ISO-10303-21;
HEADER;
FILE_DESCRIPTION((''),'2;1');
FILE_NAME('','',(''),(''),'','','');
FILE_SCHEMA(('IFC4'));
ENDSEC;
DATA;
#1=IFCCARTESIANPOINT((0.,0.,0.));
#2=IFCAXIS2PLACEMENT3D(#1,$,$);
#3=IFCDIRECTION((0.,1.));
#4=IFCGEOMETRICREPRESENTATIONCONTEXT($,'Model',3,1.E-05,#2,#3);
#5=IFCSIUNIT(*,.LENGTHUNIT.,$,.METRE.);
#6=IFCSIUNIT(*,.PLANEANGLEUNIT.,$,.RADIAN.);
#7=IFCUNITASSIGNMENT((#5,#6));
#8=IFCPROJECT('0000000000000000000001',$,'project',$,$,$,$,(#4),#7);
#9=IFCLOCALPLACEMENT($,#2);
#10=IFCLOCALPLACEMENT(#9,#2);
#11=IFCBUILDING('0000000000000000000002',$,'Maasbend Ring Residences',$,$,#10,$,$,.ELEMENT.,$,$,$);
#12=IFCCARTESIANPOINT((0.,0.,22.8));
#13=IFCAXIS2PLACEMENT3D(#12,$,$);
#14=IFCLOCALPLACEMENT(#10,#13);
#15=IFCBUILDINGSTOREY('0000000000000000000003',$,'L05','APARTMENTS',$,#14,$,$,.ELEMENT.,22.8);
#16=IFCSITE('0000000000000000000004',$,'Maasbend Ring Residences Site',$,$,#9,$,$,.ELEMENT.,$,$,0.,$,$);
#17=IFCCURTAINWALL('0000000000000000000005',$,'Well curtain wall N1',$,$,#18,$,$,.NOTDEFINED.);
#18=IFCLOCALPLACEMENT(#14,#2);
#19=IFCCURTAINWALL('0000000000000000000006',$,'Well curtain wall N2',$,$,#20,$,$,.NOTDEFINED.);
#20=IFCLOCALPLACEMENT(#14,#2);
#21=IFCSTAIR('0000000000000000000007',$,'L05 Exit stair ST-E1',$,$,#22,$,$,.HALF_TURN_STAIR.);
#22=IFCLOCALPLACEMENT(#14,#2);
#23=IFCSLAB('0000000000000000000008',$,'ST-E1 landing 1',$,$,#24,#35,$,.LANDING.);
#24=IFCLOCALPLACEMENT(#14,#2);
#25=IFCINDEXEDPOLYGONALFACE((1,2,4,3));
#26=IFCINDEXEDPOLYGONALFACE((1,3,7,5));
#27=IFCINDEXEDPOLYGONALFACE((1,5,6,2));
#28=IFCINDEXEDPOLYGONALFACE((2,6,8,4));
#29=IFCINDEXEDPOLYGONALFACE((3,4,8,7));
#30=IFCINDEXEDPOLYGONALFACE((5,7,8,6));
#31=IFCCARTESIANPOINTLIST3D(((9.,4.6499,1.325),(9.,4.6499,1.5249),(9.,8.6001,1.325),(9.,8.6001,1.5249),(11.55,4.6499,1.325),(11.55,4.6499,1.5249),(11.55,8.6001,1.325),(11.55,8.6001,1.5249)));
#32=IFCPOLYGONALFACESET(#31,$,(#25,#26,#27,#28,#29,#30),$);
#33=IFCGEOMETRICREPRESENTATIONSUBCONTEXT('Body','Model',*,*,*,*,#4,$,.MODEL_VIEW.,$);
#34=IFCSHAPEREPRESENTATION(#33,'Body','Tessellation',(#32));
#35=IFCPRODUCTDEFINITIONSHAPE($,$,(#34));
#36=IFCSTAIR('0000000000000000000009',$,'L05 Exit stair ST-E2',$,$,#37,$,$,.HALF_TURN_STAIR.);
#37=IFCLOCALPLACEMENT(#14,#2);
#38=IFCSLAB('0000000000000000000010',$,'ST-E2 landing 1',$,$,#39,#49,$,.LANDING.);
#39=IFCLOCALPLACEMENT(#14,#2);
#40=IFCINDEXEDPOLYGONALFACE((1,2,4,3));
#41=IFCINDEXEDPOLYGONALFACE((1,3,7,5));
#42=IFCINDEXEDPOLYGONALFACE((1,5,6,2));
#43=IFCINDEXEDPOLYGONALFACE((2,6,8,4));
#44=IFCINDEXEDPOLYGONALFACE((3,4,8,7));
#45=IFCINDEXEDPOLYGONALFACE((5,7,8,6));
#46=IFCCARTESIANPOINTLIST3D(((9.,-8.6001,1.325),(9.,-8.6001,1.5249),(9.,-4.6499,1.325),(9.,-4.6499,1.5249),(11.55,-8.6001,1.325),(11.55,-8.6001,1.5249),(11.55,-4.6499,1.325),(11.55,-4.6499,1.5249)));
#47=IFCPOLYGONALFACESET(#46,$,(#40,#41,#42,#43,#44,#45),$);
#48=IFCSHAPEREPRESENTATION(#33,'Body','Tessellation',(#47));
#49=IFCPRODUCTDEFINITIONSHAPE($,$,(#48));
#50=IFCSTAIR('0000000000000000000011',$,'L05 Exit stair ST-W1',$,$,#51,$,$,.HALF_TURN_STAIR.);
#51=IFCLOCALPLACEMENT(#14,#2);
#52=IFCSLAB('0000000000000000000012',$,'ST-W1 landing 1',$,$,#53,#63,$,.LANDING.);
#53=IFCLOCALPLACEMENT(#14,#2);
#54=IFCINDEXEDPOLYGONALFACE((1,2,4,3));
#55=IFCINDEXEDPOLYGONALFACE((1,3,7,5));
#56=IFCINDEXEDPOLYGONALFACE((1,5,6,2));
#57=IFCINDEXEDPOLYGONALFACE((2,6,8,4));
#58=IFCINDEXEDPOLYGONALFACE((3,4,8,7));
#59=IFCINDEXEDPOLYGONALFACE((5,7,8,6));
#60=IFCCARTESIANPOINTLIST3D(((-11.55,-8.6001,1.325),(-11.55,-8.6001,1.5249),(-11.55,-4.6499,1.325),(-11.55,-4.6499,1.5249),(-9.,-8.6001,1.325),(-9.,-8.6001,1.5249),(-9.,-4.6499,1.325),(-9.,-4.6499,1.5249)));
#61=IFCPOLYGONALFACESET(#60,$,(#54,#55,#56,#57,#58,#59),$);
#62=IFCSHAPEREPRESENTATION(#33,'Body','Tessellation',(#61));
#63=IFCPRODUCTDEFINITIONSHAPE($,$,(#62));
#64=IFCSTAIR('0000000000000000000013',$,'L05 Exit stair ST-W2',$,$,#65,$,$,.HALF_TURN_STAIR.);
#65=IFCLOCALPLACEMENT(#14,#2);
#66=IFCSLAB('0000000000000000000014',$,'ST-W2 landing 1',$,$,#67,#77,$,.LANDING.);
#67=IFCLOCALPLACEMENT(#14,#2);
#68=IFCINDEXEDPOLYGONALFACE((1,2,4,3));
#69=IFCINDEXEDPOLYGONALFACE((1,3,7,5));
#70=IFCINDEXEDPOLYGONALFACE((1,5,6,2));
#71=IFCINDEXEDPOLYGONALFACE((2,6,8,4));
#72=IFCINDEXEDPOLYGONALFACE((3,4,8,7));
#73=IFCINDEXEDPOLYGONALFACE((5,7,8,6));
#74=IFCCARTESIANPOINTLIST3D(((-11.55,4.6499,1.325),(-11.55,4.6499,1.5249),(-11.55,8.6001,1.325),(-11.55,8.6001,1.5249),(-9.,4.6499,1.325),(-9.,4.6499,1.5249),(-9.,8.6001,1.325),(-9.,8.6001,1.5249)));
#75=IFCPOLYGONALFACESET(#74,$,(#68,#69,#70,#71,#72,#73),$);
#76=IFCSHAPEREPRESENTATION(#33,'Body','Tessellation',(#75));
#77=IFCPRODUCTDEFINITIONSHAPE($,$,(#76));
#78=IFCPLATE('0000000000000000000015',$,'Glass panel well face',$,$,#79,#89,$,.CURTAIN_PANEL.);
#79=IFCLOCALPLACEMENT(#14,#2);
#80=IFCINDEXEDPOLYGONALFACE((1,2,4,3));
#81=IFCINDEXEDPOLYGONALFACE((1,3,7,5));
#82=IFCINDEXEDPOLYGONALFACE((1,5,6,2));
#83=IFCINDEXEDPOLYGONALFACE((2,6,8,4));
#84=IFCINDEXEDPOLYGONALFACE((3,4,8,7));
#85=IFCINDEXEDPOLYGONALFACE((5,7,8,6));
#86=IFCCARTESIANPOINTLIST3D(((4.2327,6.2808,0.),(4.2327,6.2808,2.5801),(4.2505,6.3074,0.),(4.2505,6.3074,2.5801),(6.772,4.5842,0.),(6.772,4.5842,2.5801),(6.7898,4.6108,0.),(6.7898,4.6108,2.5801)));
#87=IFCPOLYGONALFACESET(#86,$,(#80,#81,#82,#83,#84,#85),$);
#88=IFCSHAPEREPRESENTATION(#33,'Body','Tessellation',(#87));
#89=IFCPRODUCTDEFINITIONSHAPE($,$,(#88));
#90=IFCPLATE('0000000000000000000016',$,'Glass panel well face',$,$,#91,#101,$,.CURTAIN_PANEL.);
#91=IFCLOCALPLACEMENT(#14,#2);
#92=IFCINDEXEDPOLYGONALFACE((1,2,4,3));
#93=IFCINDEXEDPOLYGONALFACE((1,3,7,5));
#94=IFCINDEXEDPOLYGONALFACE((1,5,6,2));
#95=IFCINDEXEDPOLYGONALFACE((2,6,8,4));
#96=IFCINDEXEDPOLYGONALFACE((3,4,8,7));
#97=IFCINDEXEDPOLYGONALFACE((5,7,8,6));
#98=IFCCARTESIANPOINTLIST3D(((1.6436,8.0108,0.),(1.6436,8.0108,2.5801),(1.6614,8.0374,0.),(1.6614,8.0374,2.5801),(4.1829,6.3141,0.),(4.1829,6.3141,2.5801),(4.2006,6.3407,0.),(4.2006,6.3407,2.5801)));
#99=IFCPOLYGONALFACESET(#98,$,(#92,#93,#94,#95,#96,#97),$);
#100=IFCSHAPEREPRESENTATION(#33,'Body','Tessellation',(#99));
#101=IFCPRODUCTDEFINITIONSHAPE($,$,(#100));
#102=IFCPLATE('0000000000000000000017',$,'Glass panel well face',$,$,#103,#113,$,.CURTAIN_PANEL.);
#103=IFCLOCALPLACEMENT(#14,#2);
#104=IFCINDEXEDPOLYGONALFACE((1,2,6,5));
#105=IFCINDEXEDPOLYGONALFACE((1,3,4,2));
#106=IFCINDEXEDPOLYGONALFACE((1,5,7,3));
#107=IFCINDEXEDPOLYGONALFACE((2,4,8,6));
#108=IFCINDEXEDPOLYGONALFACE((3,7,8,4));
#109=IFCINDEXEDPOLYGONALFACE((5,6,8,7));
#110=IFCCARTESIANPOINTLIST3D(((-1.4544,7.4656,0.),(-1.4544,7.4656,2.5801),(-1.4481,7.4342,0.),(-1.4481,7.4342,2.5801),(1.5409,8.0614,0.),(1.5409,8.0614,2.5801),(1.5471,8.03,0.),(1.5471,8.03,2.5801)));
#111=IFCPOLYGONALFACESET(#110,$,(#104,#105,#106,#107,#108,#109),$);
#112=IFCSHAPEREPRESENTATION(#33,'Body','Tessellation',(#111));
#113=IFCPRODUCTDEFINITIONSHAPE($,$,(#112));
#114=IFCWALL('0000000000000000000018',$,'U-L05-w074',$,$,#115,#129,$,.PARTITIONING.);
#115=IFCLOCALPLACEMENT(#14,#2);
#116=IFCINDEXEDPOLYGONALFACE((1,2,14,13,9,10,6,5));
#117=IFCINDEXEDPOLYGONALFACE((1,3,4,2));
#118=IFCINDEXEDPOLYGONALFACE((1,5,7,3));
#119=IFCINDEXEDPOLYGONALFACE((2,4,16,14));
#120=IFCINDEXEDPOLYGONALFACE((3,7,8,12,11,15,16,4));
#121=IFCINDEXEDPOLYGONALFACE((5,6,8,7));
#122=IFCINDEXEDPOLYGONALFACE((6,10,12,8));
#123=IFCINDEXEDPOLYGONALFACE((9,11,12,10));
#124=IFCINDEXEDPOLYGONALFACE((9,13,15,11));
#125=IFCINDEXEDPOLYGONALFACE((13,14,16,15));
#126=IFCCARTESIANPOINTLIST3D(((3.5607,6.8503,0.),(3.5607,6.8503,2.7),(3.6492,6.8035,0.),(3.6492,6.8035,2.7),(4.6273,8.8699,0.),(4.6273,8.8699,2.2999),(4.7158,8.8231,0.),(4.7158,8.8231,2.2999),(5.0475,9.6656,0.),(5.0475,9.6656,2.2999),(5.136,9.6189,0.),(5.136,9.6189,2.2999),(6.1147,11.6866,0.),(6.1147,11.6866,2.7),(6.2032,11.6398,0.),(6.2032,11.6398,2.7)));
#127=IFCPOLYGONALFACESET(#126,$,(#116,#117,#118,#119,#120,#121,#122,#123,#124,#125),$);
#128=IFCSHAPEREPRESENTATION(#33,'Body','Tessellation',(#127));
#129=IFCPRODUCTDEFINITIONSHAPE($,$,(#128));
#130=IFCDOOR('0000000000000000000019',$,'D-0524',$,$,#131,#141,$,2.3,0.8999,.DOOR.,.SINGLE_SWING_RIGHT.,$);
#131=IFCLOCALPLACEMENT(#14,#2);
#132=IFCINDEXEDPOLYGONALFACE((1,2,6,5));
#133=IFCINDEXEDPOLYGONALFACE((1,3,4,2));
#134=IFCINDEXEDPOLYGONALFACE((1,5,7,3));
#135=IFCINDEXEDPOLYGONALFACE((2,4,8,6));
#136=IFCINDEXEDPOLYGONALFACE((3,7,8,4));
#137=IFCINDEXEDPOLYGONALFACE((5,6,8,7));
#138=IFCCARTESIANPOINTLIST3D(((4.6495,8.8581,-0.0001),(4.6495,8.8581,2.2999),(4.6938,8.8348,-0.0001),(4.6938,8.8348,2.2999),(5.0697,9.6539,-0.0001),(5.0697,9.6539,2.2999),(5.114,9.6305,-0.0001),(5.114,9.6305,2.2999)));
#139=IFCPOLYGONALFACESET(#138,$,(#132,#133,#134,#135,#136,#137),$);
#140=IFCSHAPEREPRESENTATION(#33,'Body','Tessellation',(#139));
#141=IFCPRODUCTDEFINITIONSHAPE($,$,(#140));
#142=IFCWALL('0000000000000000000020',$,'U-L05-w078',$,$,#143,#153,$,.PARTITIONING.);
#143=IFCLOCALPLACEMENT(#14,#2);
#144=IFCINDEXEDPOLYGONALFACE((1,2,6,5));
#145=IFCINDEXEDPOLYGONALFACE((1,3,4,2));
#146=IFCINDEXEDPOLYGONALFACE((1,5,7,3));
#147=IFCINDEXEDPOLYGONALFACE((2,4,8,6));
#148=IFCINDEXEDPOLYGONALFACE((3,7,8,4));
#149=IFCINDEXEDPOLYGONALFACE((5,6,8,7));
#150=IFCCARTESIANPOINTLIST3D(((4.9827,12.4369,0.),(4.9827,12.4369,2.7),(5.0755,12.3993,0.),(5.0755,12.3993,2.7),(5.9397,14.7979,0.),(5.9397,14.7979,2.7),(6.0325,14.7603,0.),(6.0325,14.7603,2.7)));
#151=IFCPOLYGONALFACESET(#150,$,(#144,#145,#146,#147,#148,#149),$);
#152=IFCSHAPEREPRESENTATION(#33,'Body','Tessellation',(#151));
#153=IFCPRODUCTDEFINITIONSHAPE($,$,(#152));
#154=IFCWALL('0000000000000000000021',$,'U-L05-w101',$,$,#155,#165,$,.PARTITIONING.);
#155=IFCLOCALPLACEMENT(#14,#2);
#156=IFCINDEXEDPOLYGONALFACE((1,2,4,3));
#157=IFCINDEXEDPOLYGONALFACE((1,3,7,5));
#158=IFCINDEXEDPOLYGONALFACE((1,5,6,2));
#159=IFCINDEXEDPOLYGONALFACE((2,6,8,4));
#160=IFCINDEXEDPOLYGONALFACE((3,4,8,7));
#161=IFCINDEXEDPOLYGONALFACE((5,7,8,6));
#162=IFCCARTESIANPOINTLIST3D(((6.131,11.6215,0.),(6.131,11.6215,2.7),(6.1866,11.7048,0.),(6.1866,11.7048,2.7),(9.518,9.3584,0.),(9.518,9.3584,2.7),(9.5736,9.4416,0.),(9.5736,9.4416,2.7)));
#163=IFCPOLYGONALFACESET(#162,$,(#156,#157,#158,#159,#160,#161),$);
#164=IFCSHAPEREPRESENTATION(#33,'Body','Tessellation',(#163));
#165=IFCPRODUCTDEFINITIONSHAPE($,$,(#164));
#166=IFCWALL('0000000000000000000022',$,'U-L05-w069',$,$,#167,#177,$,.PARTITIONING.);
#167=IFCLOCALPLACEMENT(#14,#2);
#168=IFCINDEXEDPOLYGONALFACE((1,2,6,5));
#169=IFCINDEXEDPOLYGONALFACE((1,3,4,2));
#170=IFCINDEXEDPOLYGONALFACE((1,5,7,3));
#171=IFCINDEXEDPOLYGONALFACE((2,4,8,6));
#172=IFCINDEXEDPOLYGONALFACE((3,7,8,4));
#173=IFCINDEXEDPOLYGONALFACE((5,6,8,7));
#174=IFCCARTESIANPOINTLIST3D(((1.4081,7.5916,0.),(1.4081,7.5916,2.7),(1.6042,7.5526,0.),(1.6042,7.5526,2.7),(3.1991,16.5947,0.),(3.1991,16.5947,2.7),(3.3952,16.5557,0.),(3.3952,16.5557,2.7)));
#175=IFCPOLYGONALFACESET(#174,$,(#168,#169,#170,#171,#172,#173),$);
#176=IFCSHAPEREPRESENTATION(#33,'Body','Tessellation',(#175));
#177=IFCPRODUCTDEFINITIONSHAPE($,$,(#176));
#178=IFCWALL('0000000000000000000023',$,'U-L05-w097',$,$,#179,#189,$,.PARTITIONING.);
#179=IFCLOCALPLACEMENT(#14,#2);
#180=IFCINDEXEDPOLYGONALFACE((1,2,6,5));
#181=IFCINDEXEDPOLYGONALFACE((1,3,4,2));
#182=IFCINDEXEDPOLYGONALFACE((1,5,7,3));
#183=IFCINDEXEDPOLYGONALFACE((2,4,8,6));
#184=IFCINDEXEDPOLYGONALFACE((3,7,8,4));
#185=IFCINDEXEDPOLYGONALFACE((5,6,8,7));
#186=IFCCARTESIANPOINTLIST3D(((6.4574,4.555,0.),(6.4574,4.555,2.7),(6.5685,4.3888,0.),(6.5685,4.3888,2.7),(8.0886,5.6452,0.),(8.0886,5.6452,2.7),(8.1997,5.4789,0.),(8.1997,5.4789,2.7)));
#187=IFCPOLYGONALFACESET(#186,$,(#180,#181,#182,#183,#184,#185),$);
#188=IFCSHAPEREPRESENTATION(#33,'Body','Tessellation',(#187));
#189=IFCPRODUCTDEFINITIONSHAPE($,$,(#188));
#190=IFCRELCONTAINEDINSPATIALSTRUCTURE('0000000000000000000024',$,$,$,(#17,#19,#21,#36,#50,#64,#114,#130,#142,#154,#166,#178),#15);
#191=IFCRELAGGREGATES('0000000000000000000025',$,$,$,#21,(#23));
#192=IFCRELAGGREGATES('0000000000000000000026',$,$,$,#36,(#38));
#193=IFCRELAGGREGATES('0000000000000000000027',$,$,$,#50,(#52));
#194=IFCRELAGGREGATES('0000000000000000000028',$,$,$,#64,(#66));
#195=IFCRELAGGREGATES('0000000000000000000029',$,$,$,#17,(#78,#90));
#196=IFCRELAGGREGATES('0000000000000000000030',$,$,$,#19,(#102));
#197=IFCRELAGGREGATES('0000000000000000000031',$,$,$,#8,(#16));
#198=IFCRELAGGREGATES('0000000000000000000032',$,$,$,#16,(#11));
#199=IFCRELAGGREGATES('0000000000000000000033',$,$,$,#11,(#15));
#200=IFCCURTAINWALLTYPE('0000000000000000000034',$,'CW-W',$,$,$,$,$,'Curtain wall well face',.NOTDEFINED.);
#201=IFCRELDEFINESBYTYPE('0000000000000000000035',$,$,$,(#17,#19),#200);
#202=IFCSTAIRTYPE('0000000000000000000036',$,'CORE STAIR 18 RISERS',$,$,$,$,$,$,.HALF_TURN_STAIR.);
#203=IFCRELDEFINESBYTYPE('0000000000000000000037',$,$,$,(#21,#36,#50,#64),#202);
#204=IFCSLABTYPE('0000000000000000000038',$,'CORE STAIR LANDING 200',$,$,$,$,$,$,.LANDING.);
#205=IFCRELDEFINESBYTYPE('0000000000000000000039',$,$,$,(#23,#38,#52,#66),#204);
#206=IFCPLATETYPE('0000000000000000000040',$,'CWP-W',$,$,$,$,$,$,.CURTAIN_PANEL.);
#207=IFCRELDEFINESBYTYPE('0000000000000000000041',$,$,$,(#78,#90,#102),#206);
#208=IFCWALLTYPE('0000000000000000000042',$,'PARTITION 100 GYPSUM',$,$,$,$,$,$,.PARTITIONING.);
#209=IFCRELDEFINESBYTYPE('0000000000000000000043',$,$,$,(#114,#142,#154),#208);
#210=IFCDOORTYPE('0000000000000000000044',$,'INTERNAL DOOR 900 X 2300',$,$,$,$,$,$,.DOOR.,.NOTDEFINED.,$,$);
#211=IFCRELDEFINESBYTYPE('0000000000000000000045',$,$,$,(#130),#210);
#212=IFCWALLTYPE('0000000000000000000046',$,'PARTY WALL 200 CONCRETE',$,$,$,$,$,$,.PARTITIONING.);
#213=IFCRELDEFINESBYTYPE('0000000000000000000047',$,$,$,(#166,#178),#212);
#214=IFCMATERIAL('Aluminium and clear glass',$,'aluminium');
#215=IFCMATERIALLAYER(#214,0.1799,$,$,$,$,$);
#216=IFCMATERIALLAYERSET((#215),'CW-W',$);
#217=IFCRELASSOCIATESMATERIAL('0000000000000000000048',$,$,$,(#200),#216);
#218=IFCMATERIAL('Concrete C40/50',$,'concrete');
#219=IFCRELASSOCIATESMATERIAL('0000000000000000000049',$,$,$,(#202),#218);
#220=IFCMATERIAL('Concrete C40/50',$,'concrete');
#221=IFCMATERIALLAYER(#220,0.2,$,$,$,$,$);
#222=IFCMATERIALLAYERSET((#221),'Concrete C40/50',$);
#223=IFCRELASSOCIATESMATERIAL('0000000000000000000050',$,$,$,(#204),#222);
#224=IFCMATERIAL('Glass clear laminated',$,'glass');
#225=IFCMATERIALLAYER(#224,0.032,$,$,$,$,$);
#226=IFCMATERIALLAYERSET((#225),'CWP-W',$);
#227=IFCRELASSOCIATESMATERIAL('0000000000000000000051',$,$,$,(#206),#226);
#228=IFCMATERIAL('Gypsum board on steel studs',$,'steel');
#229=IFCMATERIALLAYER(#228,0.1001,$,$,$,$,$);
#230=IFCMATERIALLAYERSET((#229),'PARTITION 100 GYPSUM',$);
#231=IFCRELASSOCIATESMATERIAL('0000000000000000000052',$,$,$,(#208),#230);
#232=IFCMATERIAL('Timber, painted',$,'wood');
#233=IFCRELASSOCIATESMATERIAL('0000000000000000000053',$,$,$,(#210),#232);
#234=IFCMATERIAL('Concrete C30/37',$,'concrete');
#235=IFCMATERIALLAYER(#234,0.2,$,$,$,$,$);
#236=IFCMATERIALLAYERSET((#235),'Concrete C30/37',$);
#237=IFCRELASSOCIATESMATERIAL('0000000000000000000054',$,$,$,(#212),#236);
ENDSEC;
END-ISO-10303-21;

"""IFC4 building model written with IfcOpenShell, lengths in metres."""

from ifc_helpers import new_model, si_unit, direction, frame, frame_2d, origin, origin_2d, place, context, subcontext, project, spatial, polyline, rectangle, outline, extrude, material, layer, layer_set, type_object, element, fill, aggregate, save


model = new_model("IFC4")

# Units and contexts
model_context = context("Model", 3, precision=1e-05, world=origin(), true_north=direction((0.0, 1.0)))
body_context = subcontext(model_context, "Body", "Model", "MODEL_VIEW")
ifc_project = project(units=[si_unit("LENGTHUNIT", "METRE"), si_unit("PLANEANGLEUNIT", "RADIAN")], contexts=[model_context])

# Site, building, storey
site_placement = place(None, origin())
site = spatial("IfcSite", under=ifc_project, at=site_placement, Name="Maasbend Ring Residences Site", CompositionType="ELEMENT", RefElevation=0.0)
building_placement = place(site_placement, origin())
building = spatial("IfcBuilding", under=site, at=building_placement, Name="Maasbend Ring Residences", CompositionType="ELEMENT")
storey_placement = place(building_placement, frame((0.0, 0.0, 22.8)))
storey = spatial("IfcBuildingStorey", under=building, at=storey_placement, Name="L05", Description="APARTMENTS", CompositionType="ELEMENT", Elevation=22.8)

# Curtain wall
ifc_material_1 = material(Name="Aluminium and clear glass", Category="aluminium")
ifc_layer_1 = layer(ifc_material_1, 0.1799)
ifc_layer_set_1 = layer_set([ifc_layer_1], Name="CW-W")
curtain_wall_type = type_object("IfcCurtainWallType", Name="CW-W", ElementType="Curtain wall well face", PredefinedType="NOTDEFINED", material=ifc_layer_set_1)
curtain_wall_1_placement = place(storey_placement, origin())
curtain_wall_1 = element("IfcCurtainWall", 1, at=curtain_wall_1_placement, inside=storey, type_object=curtain_wall_type, Name="Well curtain wall N1", PredefinedType="NOTDEFINED")

# Curtain wall
curtain_wall_2_placement = place(storey_placement, origin())
curtain_wall_2 = element("IfcCurtainWall", 2, at=curtain_wall_2_placement, inside=storey, type_object=curtain_wall_type, Name="Well curtain wall N2", PredefinedType="NOTDEFINED")

# Stairs, slabs
ifc_material_2 = material(Name="Concrete C40/50", Category="concrete")
stair_type = type_object("IfcStairType", Name="CORE STAIR 18 RISERS", PredefinedType="HALF_TURN_STAIR", material=ifc_material_2)
stair_1_placement = place(storey_placement, origin())
stair_1 = element("IfcStair", 3, at=stair_1_placement, inside=storey, type_object=stair_type, Name="L05 Exit stair ST-E1", PredefinedType="HALF_TURN_STAIR")
ifc_material_3 = material(Name="Concrete C40/50", Category="concrete")
ifc_layer_2 = layer(ifc_material_3, 0.2)
ifc_layer_set_2 = layer_set([ifc_layer_2], Name="Concrete C40/50")
slab_type = type_object("IfcSlabType", Name="CORE STAIR LANDING 200", PredefinedType="LANDING", material=ifc_layer_set_2)
slab_1_placement = place(storey_placement, frame((0.0, 0.0, 1.325)))
slab_1 = element("IfcSlab", 4, at=slab_1_placement, type_object=slab_type, Name="ST-E1 landing 1", PredefinedType="LANDING", context=body_context, shape_type="SweptSolid", body=[
    extrude(outline(polyline([(11.55, 8.6001), (9.0, 8.6001), (9.0, 4.6499), (11.55, 4.6499), (11.55, 8.6001)])), origin(), (0.0, 0.0, 1.0), 0.2),
])
aggregate(stair_1, [slab_1])
stair_2_placement = place(storey_placement, origin())
stair_2 = element("IfcStair", 5, at=stair_2_placement, inside=storey, type_object=stair_type, Name="L05 Exit stair ST-E2", PredefinedType="HALF_TURN_STAIR")
slab_2_placement = place(storey_placement, frame((0.0, 0.0, 1.325)))
slab_2 = element("IfcSlab", 6, at=slab_2_placement, type_object=slab_type, Name="ST-E2 landing 1", PredefinedType="LANDING", context=body_context, shape_type="SweptSolid", body=[
    extrude(outline(polyline([(11.55, -4.6499), (9.0, -4.6499), (9.0, -8.6001), (11.55, -8.6001), (11.55, -4.6499)])), origin(), (0.0, 0.0, 1.0), 0.2),
])
aggregate(stair_2, [slab_2])
stair_3_placement = place(storey_placement, origin())
stair_3 = element("IfcStair", 7, at=stair_3_placement, inside=storey, type_object=stair_type, Name="L05 Exit stair ST-W1", PredefinedType="HALF_TURN_STAIR")
slab_3_placement = place(storey_placement, frame((0.0, 0.0, 1.325)))
slab_3 = element("IfcSlab", 8, at=slab_3_placement, type_object=slab_type, Name="ST-W1 landing 1", PredefinedType="LANDING", context=body_context, shape_type="SweptSolid", body=[
    extrude(outline(polyline([(-11.55, -8.6001), (-9.0, -8.6001), (-9.0, -4.6499), (-11.55, -4.6499), (-11.55, -8.6001)])), origin(), (0.0, 0.0, 1.0), 0.2),
])
aggregate(stair_3, [slab_3])
stair_4_placement = place(storey_placement, origin())
stair_4 = element("IfcStair", 9, at=stair_4_placement, inside=storey, type_object=stair_type, Name="L05 Exit stair ST-W2", PredefinedType="HALF_TURN_STAIR")
slab_4_placement = place(storey_placement, frame((0.0, 0.0, 1.325)))
slab_4 = element("IfcSlab", 10, at=slab_4_placement, type_object=slab_type, Name="ST-W2 landing 1", PredefinedType="LANDING", context=body_context, shape_type="SweptSolid", body=[
    extrude(outline(polyline([(-11.55, 4.6499), (-9.0, 4.6499), (-9.0, 8.6001), (-11.55, 8.6001), (-11.55, 4.6499)])), origin(), (0.0, 0.0, 1.0), 0.2),
])
aggregate(stair_4, [slab_4])

# Plates
ifc_material_4 = material(Name="Glass clear laminated", Category="glass")
ifc_layer_3 = layer(ifc_material_4, 0.032)
ifc_layer_set_3 = layer_set([ifc_layer_3], Name="CWP-W")
plate_type = type_object("IfcPlateType", Name="CWP-W", PredefinedType="CURTAIN_PANEL", material=ifc_layer_set_3)
plate_1_placement = place(storey_placement, frame((5.5112, 5.4458, 0.0), z_axis=(0.0, 0.0, 1.0), x_axis=(-0.83147, 0.55557, 0.0)))
plate_1 = element("IfcPlate", 11, at=plate_1_placement, type_object=plate_type, Name="Glass panel well face", PredefinedType="CURTAIN_PANEL", context=body_context, shape_type="SweptSolid", body=[
    extrude(rectangle(XDim=3.054, YDim=0.032, at=origin_2d()), origin(), (0.0, 0.0, 1.0), 2.5801),
])
plate_2_placement = place(storey_placement, frame((2.9221, 7.1758, 0.0), z_axis=(0.0, 0.0, 1.0), x_axis=(-0.83147, 0.55557, 0.0)))
plate_2 = element("IfcPlate", 12, at=plate_2_placement, type_object=plate_type, Name="Glass panel well face", PredefinedType="CURTAIN_PANEL", context=body_context, shape_type="SweptSolid", body=[
    extrude(rectangle(XDim=3.054, YDim=0.032, at=origin_2d()), origin(), (0.0, 0.0, 1.0), 2.5801),
])
aggregate(curtain_wall_1, [plate_1, plate_2])
plate_3_placement = place(storey_placement, frame((0.0464, 7.7478, 0.0), z_axis=(0.0, 0.0, 1.0), x_axis=(-0.980785, -0.19509, 0.0)))
plate_3 = element("IfcPlate", 13, at=plate_3_placement, type_object=plate_type, Name="Glass panel well face", PredefinedType="CURTAIN_PANEL", context=body_context, shape_type="SweptSolid", body=[
    extrude(rectangle(XDim=3.054, YDim=0.032, at=origin_2d()), origin(), (0.0, 0.0, 1.0), 2.5801),
])
aggregate(curtain_wall_2, [plate_3])

# Wall, opening, door
ifc_material_5 = material(Name="Gypsum board on steel studs", Category="steel")
ifc_layer_4 = layer(ifc_material_5, 0.1001)
ifc_layer_set_4 = layer_set([ifc_layer_4], Name="PARTITION 100 GYPSUM")
wall_type_1 = type_object("IfcWallType", Name="PARTITION 100 GYPSUM", PredefinedType="PARTITIONING", material=ifc_layer_set_4)
wall_1_placement = place(storey_placement, frame((3.605, 6.8269, 0.0), z_axis=(0.0, 0.0, 1.0), x_axis=(0.466977, 0.88427, 0.0)))
wall_1 = element("IfcWall", 14, at=wall_1_placement, inside=storey, type_object=wall_type_1, Name="U-L05-w074", PredefinedType="PARTITIONING", context=body_context, shape_type="SweptSolid", body=[
    extrude(rectangle(XDim=5.4692, YDim=0.1001, at=frame_2d((2.7346, 0.0))), origin(), (0.0, 0.0, 1.0), 2.7),
])
opening_placement = place(wall_1_placement, frame((2.2839, 0.0, 0.0)))
opening = element("IfcOpeningElement", 15, at=opening_placement, cuts=wall_1, PredefinedType="OPENING", context=body_context, shape_type="SweptSolid", body=[
    extrude(rectangle(XDim=0.8999, YDim=2.3, at=frame_2d((0.45, 1.1499))), frame((0.0, 0.0601, 0.0), z_axis=(0.0, -1.0, 0.0), x_axis=(1.0, 0.0, 0.0)), (0.0, 0.0, 1.0), 0.1201),
])
ifc_material_6 = material(Name="Timber, painted", Category="wood")
door_type = type_object("IfcDoorType", Name="INTERNAL DOOR 900 X 2300", OperationType="NOTDEFINED", PredefinedType="DOOR", material=ifc_material_6)
door_placement = place(opening_placement, origin())
door = element("IfcDoor", 16, at=door_placement, inside=storey, type_object=door_type, Name="D-0524", OperationType="SINGLE_SWING_RIGHT", OverallHeight=2.3, OverallWidth=0.8999, PredefinedType="DOOR", context=body_context, shape_type="SweptSolid", body=[
    extrude(rectangle(XDim=0.8999, YDim=2.3, at=frame_2d((0.45, 1.1499))), frame((0.0, 0.0249, 0.0), z_axis=(0.0, -1.0, 0.0), x_axis=(1.0, 0.0, 0.0)), (0.0, 0.0, 1.0), 0.05),
])
fill(opening, door)

# Walls
wall_2_placement = place(storey_placement, frame((5.0291, 12.418, 0.0), z_axis=(0.0, 0.0, 1.0), x_axis=(0.375649, 0.926762, 0.0)))
element("IfcWall", 17, at=wall_2_placement, inside=storey, type_object=wall_type_1, Name="U-L05-w078", PredefinedType="PARTITIONING", context=body_context, shape_type="SweptSolid", body=[
    extrude(rectangle(XDim=2.5476, YDim=0.1001, at=frame_2d((1.2739, 0.0))), origin(), (0.0, 0.0, 1.0), 2.7),
])
wall_3_placement = place(storey_placement, frame((6.1589, 11.6631, 0.0), z_axis=(0.0, 0.0, 1.0), x_axis=(0.83146, -0.555585, 0.0)))
element("IfcWall", 18, at=wall_3_placement, inside=storey, type_object=wall_type_1, Name="U-L05-w101", PredefinedType="PARTITIONING", context=body_context, shape_type="SweptSolid", body=[
    extrude(rectangle(XDim=4.0735, YDim=0.1001, at=frame_2d((2.0366, 0.0))), origin(), (0.0, 0.0, 1.0), 2.7),
])
ifc_material_7 = material(Name="Concrete C30/37", Category="concrete")
ifc_layer_5 = layer(ifc_material_7, 0.2)
ifc_layer_set_5 = layer_set([ifc_layer_5], Name="Concrete C30/37")
wall_type_2 = type_object("IfcWallType", Name="PARTY WALL 200 CONCRETE", PredefinedType="PARTITIONING", material=ifc_layer_set_5)
wall_4_placement = place(storey_placement, frame((1.5061, 7.572, 0.0), z_axis=(0.0, 0.0, 1.0), x_axis=(0.195114, 0.980781, 0.0)))
element("IfcWall", 19, at=wall_4_placement, inside=storey, type_object=wall_type_2, Name="U-L05-w069", PredefinedType="PARTITIONING", context=body_context, shape_type="SweptSolid", body=[
    extrude(rectangle(XDim=9.1794, YDim=0.2, at=frame_2d((4.5898, 0.0))), origin(), (0.0, 0.0, 1.0), 2.7),
])
wall_5_placement = place(storey_placement, frame((6.5129, 4.4719, 0.0), z_axis=(0.0, 0.0, 1.0), x_axis=(0.831418, 0.555648, 0.0)))
element("IfcWall", 20, at=wall_5_placement, inside=storey, type_object=wall_type_2, Name="U-L05-w097", PredefinedType="PARTITIONING", context=body_context, shape_type="SweptSolid", body=[
    extrude(rectangle(XDim=1.9619, YDim=0.2, at=frame_2d((0.981, 0.0))), origin(), (0.0, 0.0, 1.0), 2.7),
])

save(model, "model.ifc")
